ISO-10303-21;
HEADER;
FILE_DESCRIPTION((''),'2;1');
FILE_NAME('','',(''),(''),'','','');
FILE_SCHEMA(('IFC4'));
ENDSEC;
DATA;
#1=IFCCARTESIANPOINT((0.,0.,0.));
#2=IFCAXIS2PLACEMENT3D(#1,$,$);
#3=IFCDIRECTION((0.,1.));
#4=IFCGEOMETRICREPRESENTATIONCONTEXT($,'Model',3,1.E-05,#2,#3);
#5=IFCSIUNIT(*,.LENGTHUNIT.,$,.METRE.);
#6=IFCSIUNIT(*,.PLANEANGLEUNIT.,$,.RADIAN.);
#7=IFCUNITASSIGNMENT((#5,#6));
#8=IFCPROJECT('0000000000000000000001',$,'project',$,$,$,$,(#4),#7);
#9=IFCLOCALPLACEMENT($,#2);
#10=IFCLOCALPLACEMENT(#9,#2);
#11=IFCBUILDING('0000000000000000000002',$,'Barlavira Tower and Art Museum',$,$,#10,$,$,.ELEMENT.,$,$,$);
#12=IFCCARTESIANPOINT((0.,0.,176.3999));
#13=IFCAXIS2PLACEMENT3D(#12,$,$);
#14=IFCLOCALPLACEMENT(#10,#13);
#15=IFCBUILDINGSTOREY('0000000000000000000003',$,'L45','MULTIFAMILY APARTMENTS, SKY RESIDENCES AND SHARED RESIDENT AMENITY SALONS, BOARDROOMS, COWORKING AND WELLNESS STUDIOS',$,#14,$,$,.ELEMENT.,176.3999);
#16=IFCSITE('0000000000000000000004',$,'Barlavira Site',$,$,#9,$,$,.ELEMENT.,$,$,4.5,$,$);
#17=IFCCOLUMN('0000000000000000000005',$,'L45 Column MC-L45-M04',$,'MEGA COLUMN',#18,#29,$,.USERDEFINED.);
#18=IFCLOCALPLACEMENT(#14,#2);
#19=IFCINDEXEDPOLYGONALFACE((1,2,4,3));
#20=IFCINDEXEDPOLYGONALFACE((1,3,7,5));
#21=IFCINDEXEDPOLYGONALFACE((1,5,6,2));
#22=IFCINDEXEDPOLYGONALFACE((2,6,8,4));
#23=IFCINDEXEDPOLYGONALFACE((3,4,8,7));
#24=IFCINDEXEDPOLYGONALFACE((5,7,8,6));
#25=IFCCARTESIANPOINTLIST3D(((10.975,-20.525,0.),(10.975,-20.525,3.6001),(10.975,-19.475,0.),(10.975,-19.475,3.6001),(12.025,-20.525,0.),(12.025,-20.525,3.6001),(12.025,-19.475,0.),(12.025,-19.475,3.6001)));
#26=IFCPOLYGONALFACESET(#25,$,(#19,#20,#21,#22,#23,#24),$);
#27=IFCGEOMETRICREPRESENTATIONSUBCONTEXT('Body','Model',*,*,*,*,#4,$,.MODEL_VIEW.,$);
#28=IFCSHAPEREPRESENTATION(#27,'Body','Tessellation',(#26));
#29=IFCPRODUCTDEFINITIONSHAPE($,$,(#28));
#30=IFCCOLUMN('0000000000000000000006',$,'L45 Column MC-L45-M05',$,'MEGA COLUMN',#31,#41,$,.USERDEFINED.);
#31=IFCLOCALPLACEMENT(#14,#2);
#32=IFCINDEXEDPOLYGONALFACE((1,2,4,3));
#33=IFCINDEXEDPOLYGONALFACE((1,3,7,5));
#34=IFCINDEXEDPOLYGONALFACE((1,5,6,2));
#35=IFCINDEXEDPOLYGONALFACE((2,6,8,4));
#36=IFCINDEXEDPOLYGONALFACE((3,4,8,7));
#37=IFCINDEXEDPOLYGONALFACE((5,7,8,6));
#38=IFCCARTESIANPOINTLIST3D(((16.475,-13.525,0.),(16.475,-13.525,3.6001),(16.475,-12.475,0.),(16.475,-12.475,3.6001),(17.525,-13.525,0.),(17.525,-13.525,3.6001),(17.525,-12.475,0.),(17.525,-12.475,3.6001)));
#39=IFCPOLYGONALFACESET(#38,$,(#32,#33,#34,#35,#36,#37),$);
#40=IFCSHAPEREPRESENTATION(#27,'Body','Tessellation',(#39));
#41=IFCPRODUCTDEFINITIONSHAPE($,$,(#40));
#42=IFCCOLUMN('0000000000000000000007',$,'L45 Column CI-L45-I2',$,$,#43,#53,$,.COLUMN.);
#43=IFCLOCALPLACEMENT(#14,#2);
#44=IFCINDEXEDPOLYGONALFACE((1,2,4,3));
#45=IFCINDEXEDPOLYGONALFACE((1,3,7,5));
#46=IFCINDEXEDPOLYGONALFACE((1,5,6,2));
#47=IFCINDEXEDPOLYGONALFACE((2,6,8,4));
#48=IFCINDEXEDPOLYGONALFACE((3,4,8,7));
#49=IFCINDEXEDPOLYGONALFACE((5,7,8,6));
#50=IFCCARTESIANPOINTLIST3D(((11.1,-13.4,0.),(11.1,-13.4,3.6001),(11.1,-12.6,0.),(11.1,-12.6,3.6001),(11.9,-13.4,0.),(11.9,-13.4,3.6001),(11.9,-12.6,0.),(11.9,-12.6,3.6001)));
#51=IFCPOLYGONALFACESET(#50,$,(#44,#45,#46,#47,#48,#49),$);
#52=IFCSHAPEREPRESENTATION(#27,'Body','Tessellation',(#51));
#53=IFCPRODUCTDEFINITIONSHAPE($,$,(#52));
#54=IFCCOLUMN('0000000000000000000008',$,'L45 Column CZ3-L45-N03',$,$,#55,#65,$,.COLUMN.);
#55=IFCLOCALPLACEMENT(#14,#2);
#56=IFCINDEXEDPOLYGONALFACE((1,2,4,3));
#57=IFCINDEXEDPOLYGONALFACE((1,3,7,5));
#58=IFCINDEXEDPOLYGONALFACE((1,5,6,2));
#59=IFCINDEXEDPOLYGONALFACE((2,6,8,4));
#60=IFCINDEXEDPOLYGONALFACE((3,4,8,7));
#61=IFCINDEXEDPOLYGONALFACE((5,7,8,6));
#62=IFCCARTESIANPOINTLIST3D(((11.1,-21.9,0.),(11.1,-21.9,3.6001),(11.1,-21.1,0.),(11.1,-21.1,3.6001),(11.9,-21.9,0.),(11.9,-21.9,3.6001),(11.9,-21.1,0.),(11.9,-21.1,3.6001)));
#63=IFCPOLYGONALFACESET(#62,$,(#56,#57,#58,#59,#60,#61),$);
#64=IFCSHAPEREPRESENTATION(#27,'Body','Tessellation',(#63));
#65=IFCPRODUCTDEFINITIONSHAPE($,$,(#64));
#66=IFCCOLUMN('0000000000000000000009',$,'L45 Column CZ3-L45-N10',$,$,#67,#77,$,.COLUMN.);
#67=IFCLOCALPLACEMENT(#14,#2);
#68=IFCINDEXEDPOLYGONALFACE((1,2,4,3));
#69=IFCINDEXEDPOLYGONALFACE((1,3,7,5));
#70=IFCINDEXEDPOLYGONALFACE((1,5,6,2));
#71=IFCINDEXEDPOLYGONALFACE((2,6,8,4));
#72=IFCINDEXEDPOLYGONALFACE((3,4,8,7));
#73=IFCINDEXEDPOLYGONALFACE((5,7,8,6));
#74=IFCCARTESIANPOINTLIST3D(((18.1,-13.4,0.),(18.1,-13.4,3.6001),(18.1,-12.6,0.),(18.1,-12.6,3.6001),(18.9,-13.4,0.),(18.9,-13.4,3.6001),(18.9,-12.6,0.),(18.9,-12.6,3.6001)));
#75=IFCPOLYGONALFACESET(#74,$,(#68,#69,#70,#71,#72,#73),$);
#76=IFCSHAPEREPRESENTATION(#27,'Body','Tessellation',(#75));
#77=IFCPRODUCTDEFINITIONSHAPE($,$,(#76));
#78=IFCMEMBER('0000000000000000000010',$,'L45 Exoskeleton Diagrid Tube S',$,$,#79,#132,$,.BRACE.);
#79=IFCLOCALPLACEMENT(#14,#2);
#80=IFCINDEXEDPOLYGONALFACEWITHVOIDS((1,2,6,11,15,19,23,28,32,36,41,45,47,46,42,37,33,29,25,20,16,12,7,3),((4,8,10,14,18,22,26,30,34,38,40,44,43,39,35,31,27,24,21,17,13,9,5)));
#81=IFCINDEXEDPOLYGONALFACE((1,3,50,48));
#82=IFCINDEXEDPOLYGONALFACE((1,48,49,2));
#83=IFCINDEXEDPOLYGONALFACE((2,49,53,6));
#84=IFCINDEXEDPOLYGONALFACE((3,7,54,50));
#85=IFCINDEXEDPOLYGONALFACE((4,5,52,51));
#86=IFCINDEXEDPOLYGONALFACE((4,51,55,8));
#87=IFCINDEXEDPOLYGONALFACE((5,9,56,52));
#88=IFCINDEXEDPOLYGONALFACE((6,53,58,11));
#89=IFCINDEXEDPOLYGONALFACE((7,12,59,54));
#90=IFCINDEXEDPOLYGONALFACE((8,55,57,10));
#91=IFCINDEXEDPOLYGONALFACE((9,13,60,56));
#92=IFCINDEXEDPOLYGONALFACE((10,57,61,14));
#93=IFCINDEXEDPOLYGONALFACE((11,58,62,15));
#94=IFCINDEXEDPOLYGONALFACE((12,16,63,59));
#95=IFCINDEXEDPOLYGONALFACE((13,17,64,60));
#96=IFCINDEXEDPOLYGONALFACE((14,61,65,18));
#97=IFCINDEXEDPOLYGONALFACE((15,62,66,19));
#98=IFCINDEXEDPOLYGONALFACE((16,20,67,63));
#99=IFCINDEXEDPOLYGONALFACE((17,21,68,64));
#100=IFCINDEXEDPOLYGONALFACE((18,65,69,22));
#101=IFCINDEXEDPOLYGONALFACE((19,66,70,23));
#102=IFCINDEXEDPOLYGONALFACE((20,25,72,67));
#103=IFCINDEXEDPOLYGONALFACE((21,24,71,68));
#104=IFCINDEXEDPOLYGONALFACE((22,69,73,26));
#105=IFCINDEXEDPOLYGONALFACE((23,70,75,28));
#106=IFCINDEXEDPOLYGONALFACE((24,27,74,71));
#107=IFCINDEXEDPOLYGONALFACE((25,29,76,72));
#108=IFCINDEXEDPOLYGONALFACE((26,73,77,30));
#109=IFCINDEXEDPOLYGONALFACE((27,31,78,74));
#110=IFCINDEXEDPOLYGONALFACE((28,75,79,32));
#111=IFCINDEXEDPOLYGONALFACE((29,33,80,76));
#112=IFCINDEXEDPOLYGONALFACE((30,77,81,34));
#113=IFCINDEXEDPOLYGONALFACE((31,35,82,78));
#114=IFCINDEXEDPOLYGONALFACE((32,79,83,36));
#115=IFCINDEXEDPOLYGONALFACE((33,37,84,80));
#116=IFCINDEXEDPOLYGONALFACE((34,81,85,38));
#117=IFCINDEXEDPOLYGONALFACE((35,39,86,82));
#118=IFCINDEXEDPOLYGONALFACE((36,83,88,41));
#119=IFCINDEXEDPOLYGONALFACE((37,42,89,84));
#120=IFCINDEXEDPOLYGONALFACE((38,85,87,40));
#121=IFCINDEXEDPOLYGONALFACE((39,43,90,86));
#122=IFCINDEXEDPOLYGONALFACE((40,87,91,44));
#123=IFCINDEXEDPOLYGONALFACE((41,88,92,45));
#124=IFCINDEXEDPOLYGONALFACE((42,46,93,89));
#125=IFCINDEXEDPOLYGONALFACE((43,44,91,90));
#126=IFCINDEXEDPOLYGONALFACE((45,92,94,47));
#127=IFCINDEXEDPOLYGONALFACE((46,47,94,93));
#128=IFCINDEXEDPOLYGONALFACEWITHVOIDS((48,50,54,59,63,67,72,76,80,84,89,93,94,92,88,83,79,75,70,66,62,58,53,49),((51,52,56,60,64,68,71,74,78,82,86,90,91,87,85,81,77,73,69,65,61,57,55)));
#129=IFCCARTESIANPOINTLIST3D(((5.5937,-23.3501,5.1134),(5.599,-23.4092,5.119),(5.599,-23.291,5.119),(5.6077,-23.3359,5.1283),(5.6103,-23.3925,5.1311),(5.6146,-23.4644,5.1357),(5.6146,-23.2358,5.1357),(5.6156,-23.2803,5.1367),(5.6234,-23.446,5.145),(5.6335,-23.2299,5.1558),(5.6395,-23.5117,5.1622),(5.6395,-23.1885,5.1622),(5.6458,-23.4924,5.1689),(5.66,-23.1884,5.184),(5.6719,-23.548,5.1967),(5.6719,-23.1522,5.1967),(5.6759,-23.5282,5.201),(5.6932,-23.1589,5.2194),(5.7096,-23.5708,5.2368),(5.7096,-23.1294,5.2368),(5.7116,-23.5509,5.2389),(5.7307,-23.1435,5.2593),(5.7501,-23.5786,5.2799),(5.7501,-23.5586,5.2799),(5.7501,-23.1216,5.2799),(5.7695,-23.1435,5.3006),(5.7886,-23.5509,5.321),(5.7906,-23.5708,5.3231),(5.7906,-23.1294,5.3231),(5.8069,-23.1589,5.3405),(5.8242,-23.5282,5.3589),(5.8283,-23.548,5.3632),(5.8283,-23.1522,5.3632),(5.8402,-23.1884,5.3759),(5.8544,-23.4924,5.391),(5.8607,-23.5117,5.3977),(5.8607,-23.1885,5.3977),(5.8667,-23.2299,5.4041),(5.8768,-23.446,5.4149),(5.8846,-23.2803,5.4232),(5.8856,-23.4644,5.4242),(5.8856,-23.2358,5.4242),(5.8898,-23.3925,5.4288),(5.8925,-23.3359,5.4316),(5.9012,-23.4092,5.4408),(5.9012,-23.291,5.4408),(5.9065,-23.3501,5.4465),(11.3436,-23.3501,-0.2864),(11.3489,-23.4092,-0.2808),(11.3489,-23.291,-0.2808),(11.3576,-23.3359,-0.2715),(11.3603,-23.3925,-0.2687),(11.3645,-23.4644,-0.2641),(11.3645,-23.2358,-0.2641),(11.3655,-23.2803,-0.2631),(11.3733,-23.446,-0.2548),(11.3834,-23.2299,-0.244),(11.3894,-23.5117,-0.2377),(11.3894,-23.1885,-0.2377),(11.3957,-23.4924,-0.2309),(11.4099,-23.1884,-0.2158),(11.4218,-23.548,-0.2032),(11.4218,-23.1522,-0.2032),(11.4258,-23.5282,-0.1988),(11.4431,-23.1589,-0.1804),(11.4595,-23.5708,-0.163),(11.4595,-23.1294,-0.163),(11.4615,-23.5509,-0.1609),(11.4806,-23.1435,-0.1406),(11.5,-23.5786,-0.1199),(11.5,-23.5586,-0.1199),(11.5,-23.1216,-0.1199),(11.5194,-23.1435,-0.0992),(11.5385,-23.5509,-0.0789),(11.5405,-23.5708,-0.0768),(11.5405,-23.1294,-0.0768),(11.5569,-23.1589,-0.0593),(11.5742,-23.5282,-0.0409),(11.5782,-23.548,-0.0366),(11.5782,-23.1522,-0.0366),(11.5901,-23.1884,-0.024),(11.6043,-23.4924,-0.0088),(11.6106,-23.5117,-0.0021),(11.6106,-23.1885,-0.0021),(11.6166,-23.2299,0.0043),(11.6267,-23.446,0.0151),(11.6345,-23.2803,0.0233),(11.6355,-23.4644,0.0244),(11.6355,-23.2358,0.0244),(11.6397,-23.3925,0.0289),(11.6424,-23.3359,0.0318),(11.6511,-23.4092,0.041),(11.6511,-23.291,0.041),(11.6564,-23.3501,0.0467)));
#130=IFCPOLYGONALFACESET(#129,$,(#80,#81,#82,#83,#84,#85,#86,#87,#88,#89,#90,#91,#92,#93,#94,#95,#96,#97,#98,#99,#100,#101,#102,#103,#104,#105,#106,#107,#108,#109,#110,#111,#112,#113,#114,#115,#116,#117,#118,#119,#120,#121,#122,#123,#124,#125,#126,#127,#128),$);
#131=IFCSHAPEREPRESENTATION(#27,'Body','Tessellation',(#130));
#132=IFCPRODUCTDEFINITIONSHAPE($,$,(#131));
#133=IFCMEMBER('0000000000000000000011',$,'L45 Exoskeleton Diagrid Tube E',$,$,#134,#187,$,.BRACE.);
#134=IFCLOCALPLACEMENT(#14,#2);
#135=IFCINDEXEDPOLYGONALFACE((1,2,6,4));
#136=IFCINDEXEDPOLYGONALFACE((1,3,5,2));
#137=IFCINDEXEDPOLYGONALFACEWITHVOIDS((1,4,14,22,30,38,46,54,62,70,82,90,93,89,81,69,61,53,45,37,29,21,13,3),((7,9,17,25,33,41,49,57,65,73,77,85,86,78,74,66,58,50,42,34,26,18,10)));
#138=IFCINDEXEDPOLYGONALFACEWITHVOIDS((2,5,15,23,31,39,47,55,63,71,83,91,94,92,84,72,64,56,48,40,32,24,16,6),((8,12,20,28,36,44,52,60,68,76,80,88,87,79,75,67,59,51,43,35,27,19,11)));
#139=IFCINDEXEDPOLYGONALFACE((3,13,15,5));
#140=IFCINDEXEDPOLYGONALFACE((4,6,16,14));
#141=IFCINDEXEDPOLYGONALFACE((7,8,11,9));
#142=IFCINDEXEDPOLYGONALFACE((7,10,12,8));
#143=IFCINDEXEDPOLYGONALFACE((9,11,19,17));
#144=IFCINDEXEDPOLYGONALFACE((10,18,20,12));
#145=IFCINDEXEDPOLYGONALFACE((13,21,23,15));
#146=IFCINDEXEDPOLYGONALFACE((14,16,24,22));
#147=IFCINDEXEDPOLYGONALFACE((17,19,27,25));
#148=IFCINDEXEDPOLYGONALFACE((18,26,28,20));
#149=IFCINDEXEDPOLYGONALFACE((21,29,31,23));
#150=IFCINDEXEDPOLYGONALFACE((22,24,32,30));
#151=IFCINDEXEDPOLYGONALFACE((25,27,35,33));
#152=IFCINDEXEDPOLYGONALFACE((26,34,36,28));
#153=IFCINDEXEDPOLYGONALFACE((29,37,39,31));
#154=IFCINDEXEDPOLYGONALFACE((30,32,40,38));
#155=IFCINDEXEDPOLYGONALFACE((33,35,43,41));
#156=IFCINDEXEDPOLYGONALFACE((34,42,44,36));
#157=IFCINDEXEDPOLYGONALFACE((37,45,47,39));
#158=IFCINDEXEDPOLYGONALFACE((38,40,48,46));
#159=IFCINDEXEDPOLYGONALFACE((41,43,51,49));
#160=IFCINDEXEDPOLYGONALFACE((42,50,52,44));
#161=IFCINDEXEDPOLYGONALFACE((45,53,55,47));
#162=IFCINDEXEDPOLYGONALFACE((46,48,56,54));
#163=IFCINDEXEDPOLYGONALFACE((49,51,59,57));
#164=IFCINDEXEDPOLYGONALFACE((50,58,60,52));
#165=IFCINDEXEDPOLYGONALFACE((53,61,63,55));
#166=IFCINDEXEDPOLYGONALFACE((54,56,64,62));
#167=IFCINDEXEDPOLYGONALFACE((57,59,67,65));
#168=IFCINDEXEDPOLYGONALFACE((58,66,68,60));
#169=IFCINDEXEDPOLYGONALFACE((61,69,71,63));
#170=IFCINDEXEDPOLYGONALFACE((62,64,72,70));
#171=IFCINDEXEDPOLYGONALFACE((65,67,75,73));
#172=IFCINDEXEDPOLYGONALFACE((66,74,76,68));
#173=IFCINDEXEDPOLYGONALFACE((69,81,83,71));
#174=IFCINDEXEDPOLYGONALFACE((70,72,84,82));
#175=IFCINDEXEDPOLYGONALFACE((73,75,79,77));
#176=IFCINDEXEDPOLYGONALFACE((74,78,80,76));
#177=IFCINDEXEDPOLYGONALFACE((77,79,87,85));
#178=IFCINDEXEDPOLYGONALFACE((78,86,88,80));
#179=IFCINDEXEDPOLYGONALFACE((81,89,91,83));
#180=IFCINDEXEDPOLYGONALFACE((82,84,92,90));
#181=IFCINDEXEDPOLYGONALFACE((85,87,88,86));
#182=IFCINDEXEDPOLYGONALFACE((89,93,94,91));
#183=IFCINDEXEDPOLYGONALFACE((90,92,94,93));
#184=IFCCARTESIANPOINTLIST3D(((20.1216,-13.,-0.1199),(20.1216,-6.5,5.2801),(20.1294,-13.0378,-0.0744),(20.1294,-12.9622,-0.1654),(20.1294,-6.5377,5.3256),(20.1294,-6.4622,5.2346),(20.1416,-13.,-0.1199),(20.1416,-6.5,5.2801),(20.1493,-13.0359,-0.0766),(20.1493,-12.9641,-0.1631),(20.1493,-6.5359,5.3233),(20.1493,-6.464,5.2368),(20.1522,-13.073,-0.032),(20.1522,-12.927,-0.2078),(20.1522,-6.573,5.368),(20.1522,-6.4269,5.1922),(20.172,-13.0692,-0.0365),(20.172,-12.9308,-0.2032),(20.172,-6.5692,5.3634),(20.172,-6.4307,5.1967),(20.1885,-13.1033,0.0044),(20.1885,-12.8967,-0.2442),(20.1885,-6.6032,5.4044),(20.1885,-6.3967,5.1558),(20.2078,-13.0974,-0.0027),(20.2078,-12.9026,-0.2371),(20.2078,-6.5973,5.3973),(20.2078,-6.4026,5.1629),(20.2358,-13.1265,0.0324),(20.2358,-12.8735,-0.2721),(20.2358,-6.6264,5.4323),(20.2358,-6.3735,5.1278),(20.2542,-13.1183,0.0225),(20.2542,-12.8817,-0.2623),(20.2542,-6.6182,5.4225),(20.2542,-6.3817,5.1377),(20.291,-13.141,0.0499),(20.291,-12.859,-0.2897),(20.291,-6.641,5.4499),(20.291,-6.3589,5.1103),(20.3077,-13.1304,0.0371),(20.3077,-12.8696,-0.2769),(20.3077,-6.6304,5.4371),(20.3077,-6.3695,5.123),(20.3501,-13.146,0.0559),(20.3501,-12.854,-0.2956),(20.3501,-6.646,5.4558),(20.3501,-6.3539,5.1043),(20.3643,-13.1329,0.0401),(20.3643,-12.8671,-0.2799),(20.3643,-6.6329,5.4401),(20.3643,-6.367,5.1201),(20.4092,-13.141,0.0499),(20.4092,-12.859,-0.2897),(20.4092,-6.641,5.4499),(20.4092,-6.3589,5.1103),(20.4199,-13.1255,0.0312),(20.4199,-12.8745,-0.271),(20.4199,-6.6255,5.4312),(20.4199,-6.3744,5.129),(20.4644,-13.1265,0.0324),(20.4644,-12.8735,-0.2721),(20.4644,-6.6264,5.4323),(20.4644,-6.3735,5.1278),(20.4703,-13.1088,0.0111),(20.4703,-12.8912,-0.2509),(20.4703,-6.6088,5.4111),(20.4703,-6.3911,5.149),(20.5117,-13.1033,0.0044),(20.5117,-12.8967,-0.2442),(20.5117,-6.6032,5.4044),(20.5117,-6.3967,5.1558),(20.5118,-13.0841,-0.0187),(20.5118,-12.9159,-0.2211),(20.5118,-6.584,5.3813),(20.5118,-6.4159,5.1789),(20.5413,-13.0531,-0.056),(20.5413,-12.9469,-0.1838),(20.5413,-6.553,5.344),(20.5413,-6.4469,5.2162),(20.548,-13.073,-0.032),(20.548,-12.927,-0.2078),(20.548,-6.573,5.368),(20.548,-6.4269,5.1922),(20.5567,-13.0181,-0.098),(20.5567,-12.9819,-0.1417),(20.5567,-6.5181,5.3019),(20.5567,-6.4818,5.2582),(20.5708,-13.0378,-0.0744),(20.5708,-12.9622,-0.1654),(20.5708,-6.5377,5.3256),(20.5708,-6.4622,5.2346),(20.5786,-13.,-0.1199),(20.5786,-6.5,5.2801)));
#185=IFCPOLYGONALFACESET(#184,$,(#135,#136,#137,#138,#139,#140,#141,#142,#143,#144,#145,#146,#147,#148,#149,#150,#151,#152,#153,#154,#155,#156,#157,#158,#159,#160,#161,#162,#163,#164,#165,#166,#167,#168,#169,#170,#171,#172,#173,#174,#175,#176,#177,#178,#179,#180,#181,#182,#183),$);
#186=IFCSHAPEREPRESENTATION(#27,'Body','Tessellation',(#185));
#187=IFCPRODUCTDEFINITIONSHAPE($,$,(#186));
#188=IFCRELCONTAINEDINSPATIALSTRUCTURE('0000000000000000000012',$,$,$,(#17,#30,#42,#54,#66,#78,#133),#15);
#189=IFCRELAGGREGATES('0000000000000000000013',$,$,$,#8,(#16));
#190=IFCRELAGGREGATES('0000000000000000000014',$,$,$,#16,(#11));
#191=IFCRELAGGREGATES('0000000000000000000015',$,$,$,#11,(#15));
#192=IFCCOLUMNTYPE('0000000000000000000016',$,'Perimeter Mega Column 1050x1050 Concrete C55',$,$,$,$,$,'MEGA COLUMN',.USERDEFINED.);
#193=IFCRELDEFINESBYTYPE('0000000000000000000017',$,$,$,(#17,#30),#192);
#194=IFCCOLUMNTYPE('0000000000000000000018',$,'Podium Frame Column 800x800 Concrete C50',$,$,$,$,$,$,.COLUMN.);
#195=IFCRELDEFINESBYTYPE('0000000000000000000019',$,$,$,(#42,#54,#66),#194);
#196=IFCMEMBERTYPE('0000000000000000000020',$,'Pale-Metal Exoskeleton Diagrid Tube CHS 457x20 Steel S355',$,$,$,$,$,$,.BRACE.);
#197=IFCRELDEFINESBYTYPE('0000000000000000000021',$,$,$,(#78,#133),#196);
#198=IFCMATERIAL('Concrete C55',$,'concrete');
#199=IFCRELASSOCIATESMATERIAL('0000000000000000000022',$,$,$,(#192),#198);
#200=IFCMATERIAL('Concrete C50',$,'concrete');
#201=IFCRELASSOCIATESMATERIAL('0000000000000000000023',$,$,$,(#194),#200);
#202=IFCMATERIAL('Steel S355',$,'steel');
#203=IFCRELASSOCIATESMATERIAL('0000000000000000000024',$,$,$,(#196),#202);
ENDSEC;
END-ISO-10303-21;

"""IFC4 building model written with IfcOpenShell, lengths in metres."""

from ifc_helpers import new_model, si_unit, direction, frame, origin, origin_2d, place, context, subcontext, project, spatial, rectangle, hollow_circle, extrude, material, material_profile, profile_set, type_object, element, save


model = new_model("IFC4")

# Units and contexts
model_context = context("Model", 3, precision=1e-05, world=origin(), true_north=direction((0.0, 1.0)))
body_context = subcontext(model_context, "Body", "Model", "MODEL_VIEW")
ifc_project = project(units=[si_unit("LENGTHUNIT", "METRE"), si_unit("PLANEANGLEUNIT", "RADIAN")], contexts=[model_context])

# Site, building, storey
site_placement = place(None, origin())
site = spatial("IfcSite", under=ifc_project, at=site_placement, Name="Barlavira Site", CompositionType="ELEMENT", RefElevation=4.5)
building_placement = place(site_placement, origin())
building = spatial("IfcBuilding", under=site, at=building_placement, Name="Barlavira Tower and Art Museum", CompositionType="ELEMENT")
storey_placement = place(building_placement, frame((0.0, 0.0, 176.3999)))
storey = spatial("IfcBuildingStorey", under=building, at=storey_placement, Name="L45", Description="MULTIFAMILY APARTMENTS, SKY RESIDENCES AND SHARED RESIDENT AMENITY SALONS, BOARDROOMS, COWORKING AND WELLNESS STUDIOS", CompositionType="ELEMENT", Elevation=176.3999)

# Columns
ifc_material_1 = material(Name="Concrete C55", Category="concrete")
ifc_material_profile_1 = material_profile(ifc_material_1, rectangle(XDim=1.05, YDim=1.05, at=origin_2d()), Name="RC-COL 1050x1050")
ifc_profile_set_1 = profile_set([ifc_material_profile_1], Name="Concrete C55")
column_type_1 = type_object("IfcColumnType", Name="Perimeter Mega Column 1050x1050 Concrete C55", ElementType="MEGA COLUMN", PredefinedType="USERDEFINED", material=ifc_profile_set_1)
for number, where, z_axis, x_axis, name in (
    (1, (11.5, -20.0, 0.0), (0.0, 0.0, 1.0), (1.0, 0.0, 0.0), "L45 Column MC-L45-M04"),
    (2, (17.0, -13.0, 0.0), (0.0, 0.0, 1.0), (1.0, 0.0, 0.0), "L45 Column MC-L45-M05"),
):
    element("IfcColumn", number, at=place(storey_placement, frame(where, z_axis=z_axis, x_axis=x_axis)), inside=storey, type_object=column_type_1, Name=name, ObjectType="MEGA COLUMN", PredefinedType="USERDEFINED", context=body_context, shape_type="SweptSolid", body=[
        extrude(rectangle(XDim=1.05, YDim=1.05, at=origin_2d()), origin(), (0.0, 0.0, 1.0), 3.6001),
    ])
ifc_material_2 = material(Name="Concrete C50", Category="concrete")
ifc_material_profile_2 = material_profile(ifc_material_2, rectangle(XDim=0.8, YDim=0.8, at=origin_2d()), Name="RC-COL 800x800")
ifc_profile_set_2 = profile_set([ifc_material_profile_2], Name="Concrete C50")
column_type_2 = type_object("IfcColumnType", Name="Podium Frame Column 800x800 Concrete C50", PredefinedType="COLUMN", material=ifc_profile_set_2)
for number, where, z_axis, x_axis, name in (
    (3, (11.5, -13.0, 0.0), (0.0, 0.0, 1.0), (1.0, 0.0, 0.0), "L45 Column CI-L45-I2"),
    (4, (11.5, -21.5, 0.0), (0.0, 0.0, 1.0), (1.0, 0.0, 0.0), "L45 Column CZ3-L45-N03"),
    (5, (18.5, -13.0, 0.0), (0.0, 0.0, 1.0), (1.0, 0.0, 0.0), "L45 Column CZ3-L45-N10"),
):
    element("IfcColumn", number, at=place(storey_placement, frame(where, z_axis=z_axis, x_axis=x_axis)), inside=storey, type_object=column_type_2, Name=name, PredefinedType="COLUMN", context=body_context, shape_type="SweptSolid", body=[
        extrude(rectangle(XDim=0.8, YDim=0.8, at=origin_2d()), origin(), (0.0, 0.0, 1.0), 3.6001),
    ])

# Members
ifc_material_3 = material(Name="Steel S355", Category="steel")
ifc_material_profile_3 = material_profile(ifc_material_3, hollow_circle(Radius=0.2285, WallThickness=0.02, at=origin_2d()), Name="CHS 457.0x20.0")
ifc_profile_set_3 = profile_set([ifc_material_profile_3], Name="Steel S355")
member_type_1 = type_object("IfcMemberType", Name="Pale-Metal Exoskeleton Diagrid Tube CHS 457x20 Steel S355", PredefinedType="BRACE", material=ifc_profile_set_3)
member_1_placement = place(storey_placement, frame((11.5, -23.3501, -0.1199), z_axis=(-0.72895, 0.0, 0.684567), x_axis=(0.0, -1.0, 0.0)))
element("IfcMember", 6, at=member_1_placement, inside=storey, type_object=member_type_1, Name="L45 Exoskeleton Diagrid Tube S", PredefinedType="BRACE", context=body_context, shape_type="SweptSolid", body=[
    extrude(hollow_circle(Radius=0.2285, WallThickness=0.02, at=origin_2d()), origin(), (0.0, 0.0, 1.0), 7.8879),
])
member_2_placement = place(storey_placement, frame((20.3501, -13.0, -0.1199), z_axis=(0.0, 0.769196, 0.639013), x_axis=(-1.0, 0.0, 0.0)))
element("IfcMember", 7, at=member_2_placement, inside=storey, type_object=member_type_1, Name="L45 Exoskeleton Diagrid Tube E", PredefinedType="BRACE", context=body_context, shape_type="SweptSolid", body=[
    extrude(hollow_circle(Radius=0.2285, WallThickness=0.02, at=origin_2d()), origin(), (0.0, 0.0, 1.0), 8.4504),
])

save(model, "model.ifc")
